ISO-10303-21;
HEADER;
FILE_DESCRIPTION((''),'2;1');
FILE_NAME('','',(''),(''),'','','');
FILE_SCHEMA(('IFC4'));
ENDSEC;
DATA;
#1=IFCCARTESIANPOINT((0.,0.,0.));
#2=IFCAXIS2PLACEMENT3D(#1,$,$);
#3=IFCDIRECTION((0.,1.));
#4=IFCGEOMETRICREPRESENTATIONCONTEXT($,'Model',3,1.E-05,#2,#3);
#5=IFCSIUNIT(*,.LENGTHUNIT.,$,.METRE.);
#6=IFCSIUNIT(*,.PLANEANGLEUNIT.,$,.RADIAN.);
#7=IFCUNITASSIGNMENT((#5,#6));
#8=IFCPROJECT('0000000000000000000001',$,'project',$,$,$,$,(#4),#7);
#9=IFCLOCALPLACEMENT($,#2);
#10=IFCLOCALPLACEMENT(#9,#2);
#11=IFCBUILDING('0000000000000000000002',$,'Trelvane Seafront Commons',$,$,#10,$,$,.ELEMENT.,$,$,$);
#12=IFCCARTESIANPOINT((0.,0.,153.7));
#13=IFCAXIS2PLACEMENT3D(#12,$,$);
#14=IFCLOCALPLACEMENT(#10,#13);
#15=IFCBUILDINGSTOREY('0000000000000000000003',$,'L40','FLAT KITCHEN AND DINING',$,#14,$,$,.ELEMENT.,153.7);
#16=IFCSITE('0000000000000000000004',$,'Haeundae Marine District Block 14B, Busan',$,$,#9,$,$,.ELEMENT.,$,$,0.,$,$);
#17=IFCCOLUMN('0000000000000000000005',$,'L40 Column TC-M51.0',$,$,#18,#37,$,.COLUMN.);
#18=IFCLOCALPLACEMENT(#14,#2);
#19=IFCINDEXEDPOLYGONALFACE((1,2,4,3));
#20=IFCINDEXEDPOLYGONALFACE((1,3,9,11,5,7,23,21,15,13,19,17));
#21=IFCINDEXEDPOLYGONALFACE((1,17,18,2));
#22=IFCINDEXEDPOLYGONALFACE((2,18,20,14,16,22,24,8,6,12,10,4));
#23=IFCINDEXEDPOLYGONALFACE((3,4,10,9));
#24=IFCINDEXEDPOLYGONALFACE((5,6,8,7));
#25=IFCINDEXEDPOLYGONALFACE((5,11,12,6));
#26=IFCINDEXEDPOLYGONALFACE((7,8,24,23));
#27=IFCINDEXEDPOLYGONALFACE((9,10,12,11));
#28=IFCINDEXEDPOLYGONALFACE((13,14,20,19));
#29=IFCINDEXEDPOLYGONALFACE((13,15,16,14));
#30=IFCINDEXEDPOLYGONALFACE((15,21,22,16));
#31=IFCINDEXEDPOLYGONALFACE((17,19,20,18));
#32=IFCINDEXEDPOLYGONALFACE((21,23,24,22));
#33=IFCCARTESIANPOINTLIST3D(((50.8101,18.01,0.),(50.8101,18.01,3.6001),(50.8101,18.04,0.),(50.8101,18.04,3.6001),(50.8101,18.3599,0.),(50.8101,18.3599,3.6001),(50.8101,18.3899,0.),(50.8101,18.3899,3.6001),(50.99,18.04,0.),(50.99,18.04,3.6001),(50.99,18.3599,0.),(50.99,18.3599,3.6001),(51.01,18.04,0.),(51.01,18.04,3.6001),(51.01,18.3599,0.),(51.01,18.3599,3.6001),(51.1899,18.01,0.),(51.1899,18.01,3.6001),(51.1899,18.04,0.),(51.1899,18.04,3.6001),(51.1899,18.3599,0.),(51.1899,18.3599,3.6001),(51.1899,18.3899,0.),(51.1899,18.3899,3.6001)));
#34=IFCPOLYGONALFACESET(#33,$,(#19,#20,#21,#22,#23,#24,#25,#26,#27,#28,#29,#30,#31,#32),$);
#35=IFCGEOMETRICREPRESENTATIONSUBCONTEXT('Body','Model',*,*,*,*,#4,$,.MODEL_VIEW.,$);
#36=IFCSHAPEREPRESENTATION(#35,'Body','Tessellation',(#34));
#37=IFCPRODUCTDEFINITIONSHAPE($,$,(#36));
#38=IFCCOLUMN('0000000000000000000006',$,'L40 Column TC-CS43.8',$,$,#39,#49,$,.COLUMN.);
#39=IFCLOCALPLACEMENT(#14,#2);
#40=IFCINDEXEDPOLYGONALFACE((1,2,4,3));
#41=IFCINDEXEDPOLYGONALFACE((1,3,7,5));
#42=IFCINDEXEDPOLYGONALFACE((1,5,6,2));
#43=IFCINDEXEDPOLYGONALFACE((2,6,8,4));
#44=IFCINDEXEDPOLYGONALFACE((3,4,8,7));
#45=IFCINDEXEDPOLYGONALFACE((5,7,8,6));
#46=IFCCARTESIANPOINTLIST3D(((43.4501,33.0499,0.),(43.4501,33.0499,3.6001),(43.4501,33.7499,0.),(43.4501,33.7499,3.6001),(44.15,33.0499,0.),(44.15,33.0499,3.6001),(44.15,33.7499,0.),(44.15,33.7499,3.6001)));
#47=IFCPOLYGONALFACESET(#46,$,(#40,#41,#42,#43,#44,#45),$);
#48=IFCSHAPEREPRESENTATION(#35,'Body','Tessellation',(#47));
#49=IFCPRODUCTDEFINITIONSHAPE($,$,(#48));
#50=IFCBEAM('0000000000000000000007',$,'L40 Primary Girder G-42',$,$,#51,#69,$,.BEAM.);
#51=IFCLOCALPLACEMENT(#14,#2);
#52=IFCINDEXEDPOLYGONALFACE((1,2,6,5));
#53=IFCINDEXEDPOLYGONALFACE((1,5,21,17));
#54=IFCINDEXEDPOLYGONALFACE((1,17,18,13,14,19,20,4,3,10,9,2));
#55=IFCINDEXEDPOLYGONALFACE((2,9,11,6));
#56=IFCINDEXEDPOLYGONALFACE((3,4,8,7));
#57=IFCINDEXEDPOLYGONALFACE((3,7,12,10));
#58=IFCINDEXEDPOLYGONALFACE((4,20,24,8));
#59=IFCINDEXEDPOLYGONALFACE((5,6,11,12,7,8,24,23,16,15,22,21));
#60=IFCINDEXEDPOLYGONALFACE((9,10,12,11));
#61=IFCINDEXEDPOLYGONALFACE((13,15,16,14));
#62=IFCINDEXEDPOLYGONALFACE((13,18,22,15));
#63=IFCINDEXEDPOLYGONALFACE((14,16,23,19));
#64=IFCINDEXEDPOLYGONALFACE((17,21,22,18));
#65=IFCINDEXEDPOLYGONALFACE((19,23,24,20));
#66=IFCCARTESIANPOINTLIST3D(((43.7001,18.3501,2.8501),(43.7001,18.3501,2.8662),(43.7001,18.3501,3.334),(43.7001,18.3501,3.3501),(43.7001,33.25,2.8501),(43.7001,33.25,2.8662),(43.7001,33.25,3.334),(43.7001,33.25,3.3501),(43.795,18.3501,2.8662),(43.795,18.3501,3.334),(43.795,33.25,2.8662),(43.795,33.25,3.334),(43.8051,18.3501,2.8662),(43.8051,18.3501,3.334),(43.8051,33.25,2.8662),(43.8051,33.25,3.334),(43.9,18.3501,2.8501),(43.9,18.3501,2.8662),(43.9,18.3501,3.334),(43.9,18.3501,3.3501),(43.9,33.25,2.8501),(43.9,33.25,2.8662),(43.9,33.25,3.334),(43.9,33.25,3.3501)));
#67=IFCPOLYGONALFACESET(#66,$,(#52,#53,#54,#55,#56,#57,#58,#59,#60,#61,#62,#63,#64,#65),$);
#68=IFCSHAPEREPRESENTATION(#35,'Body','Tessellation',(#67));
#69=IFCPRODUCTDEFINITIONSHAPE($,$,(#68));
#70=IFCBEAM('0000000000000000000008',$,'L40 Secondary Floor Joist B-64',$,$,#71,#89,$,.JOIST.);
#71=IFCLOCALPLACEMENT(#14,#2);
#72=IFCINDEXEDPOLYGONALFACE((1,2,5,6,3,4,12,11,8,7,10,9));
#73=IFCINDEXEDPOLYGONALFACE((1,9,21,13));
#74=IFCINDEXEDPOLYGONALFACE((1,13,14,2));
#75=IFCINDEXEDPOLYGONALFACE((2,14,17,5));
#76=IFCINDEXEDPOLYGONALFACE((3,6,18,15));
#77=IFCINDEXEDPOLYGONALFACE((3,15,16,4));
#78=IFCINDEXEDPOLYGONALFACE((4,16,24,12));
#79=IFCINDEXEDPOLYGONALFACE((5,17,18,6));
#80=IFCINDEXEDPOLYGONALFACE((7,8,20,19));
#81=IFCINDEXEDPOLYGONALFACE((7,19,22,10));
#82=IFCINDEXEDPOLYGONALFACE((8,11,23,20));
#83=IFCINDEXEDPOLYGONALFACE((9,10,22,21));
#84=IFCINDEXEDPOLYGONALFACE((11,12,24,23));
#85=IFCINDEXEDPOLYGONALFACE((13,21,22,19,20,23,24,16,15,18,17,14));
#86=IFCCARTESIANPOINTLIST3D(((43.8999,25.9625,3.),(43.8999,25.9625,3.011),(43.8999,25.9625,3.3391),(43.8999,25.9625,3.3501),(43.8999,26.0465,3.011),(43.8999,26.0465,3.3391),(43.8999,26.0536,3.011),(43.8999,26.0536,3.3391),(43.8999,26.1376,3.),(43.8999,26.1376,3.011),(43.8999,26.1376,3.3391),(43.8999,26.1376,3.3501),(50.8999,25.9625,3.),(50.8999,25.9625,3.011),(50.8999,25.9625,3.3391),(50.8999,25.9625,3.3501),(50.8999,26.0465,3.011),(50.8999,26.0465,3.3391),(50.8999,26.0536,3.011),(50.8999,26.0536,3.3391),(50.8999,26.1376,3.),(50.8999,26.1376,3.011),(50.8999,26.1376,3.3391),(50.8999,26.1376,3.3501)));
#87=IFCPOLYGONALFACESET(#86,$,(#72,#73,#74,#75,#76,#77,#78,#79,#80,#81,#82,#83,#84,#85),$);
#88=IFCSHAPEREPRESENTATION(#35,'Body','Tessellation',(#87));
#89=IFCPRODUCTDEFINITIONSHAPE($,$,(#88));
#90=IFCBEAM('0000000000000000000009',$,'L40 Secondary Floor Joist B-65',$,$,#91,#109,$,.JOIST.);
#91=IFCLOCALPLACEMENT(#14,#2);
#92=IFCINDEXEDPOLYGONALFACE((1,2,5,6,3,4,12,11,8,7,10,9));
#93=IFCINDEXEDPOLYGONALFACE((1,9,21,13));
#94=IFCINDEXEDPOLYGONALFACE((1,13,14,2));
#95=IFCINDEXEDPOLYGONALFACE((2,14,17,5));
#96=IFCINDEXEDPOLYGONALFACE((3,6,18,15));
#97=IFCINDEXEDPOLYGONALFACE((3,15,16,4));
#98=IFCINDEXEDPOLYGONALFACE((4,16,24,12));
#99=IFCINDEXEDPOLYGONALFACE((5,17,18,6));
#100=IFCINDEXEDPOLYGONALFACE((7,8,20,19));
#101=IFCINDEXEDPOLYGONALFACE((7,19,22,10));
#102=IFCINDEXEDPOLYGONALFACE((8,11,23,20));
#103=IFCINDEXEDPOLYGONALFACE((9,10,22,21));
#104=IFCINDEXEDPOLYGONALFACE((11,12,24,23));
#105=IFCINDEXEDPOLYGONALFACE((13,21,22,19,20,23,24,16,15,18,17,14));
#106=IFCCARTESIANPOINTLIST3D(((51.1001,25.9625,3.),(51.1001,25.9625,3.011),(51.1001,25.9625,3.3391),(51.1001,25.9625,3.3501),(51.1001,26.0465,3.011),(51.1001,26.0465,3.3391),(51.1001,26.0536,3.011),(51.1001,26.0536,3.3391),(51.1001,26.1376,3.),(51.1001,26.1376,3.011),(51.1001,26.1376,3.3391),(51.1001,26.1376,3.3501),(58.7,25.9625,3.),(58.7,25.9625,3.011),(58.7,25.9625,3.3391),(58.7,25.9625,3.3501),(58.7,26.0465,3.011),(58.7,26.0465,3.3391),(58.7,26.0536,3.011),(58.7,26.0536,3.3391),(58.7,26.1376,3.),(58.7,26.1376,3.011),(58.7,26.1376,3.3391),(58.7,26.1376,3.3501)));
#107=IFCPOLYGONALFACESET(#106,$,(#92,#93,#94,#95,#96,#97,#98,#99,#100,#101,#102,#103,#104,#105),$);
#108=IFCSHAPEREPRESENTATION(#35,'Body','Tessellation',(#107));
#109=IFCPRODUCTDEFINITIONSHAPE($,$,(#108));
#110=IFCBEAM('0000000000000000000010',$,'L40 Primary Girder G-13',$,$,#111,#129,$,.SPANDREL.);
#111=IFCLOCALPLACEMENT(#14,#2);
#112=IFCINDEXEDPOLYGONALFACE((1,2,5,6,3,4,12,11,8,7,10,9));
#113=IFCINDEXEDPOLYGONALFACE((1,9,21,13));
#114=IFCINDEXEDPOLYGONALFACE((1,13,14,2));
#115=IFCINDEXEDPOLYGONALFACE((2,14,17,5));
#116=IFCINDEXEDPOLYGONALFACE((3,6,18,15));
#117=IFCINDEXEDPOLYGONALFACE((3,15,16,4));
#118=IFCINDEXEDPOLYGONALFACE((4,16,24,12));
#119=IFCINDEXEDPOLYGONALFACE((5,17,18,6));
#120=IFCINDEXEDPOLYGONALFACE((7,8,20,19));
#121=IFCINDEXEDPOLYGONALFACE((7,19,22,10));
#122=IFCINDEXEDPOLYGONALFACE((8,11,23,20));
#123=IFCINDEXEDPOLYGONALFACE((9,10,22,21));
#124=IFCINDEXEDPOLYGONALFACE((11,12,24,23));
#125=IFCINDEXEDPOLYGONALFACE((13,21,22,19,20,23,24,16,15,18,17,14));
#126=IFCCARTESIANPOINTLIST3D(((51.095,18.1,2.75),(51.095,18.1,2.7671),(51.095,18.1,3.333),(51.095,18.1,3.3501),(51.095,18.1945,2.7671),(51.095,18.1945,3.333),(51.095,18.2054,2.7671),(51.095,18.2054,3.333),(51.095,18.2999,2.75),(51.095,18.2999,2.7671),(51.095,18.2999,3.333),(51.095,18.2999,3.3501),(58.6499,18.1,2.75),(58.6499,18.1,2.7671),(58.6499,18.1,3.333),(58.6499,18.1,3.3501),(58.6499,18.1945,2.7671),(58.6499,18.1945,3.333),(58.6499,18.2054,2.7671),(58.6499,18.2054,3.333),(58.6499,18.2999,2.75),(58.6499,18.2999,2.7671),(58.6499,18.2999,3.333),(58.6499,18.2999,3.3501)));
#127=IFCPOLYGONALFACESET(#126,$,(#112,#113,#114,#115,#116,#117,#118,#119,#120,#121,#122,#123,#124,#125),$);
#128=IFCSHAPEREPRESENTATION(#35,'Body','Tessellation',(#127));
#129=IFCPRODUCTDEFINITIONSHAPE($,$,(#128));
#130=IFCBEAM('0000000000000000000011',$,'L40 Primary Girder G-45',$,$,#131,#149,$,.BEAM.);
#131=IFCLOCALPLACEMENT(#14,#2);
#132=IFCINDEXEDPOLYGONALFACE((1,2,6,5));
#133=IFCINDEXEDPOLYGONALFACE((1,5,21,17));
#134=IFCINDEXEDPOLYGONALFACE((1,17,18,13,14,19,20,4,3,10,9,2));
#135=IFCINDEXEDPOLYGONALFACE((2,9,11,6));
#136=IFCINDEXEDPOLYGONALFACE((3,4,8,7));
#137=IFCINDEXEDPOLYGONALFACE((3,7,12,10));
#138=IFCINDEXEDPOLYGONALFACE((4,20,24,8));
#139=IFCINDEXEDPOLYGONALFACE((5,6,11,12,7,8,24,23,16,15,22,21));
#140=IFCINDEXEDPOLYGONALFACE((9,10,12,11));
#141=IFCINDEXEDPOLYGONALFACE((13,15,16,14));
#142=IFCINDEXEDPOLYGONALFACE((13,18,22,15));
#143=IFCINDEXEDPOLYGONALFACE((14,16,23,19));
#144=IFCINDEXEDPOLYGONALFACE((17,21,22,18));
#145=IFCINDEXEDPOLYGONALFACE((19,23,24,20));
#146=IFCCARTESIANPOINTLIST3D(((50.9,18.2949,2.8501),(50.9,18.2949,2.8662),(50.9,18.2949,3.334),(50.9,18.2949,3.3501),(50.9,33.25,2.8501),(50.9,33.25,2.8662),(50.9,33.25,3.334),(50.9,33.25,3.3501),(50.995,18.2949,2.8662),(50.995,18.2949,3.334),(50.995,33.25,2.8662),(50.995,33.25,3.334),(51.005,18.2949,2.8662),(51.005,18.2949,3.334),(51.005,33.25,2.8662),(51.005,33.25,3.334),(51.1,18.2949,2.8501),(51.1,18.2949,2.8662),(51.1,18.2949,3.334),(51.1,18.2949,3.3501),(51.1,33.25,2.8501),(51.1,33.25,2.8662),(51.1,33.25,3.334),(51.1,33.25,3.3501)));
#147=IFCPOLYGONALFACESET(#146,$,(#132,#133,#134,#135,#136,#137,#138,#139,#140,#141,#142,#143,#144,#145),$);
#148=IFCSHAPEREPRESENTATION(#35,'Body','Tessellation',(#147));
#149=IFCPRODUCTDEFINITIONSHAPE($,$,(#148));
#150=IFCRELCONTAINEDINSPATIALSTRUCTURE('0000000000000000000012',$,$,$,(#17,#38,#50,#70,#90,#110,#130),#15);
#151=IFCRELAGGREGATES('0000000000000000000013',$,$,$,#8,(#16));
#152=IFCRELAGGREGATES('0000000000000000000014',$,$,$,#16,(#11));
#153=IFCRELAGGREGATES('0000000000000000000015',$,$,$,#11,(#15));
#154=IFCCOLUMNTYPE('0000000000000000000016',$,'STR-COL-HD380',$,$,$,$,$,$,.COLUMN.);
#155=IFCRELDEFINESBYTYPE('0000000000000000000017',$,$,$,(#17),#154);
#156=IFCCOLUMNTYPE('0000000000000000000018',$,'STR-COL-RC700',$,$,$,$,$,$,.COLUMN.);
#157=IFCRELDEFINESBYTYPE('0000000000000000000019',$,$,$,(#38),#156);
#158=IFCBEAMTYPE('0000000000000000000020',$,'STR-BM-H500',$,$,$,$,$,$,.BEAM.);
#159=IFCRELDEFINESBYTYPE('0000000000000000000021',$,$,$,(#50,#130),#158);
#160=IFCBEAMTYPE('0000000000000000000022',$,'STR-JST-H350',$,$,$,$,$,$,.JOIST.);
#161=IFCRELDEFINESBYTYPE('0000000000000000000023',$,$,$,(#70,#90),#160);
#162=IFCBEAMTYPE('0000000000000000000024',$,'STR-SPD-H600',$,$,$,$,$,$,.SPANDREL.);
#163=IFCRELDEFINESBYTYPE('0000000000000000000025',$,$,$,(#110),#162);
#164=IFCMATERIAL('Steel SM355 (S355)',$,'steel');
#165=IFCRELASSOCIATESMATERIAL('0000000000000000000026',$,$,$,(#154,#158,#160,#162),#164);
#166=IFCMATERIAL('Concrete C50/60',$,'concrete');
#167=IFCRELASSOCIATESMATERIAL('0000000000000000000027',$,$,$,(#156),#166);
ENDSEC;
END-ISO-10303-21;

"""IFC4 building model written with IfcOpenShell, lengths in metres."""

from ifc_helpers import new_model, si_unit, direction, frame, origin, origin_2d, place, context, subcontext, project, spatial, rectangle, i_section, extrude, source, transform, mapped, material, material_profile, profile_set, type_object, element, save


model = new_model("IFC4")

# Units and contexts
model_context = context("Model", 3, precision=1e-05, world=origin(), true_north=direction((0.0, 1.0)))
body_context = subcontext(model_context, "Body", "Model", "MODEL_VIEW")
ifc_project = project(units=[si_unit("LENGTHUNIT", "METRE"), si_unit("PLANEANGLEUNIT", "RADIAN")], contexts=[model_context])

# Site, building, storey
site_placement = place(None, origin())
site = spatial("IfcSite", under=ifc_project, at=site_placement, Name="Haeundae Marine District Block 14B, Busan", CompositionType="ELEMENT", RefElevation=0.0)
building_placement = place(site_placement, origin())
building = spatial("IfcBuilding", under=site, at=building_placement, Name="Trelvane Seafront Commons", CompositionType="ELEMENT")
storey_placement = place(building_placement, frame((0.0, 0.0, 153.7)))
storey = spatial("IfcBuildingStorey", under=building, at=storey_placement, Name="L40", Description="FLAT KITCHEN AND DINING", CompositionType="ELEMENT", Elevation=153.7)

# Columns
ifc_material_1 = material(Name="Steel SM355 (S355)", Category="steel")
ifc_material_profile_1 = material_profile(ifc_material_1, i_section(OverallWidth=0.3799, OverallDepth=0.3799, WebThickness=0.02, FlangeThickness=0.03, at=origin_2d()), Name="HD-380x380x20x30")
ifc_profile_set_1 = profile_set([ifc_material_profile_1], Name="Steel SM355 (S355)")
column_type_1 = type_object("IfcColumnType", Name="STR-COL-HD380", PredefinedType="COLUMN", material=ifc_profile_set_1)
shared_shape_1 = source(origin(), body_context, "Body", "SweptSolid", [
    extrude(i_section(OverallWidth=0.3799, OverallDepth=0.3799, WebThickness=0.02, FlangeThickness=0.03, at=origin_2d()), origin(), (0.0, 0.0, 1.0), 3.6001),
])
column_1_placement = place(storey_placement, frame((51.0, 18.2, 0.0), z_axis=(0.0, 0.0, 1.0), x_axis=(1.0, 0.0, 0.0)))
element("IfcColumn", 1, at=column_1_placement, inside=storey, type_object=column_type_1, Name="L40 Column TC-M51.0", PredefinedType="COLUMN", context=body_context, shape_type="MappedRepresentation", body=[
    mapped(shared_shape_1, transform((0.0, 0.0, 0.0), x_axis=(1.0, 0.0, 0.0), y_axis=(0.0, 1.0, 0.0), z_axis=(0.0, 0.0, 1.0), scale=1.0)),
])
ifc_material_2 = material(Name="Concrete C50/60", Category="concrete")
ifc_material_profile_2 = material_profile(ifc_material_2, rectangle(XDim=0.7, YDim=0.7, at=origin_2d()), Name="RC-700x700")
ifc_profile_set_2 = profile_set([ifc_material_profile_2], Name="Concrete C50/60")
column_type_2 = type_object("IfcColumnType", Name="STR-COL-RC700", PredefinedType="COLUMN", material=ifc_profile_set_2)
shared_shape_2 = source(origin(), body_context, "Body", "SweptSolid", [
    extrude(rectangle(XDim=0.7, YDim=0.7, at=origin_2d()), origin(), (0.0, 0.0, 1.0), 3.6001),
])
column_2_placement = place(storey_placement, frame((43.8, 33.3999, 0.0), z_axis=(0.0, 0.0, 1.0), x_axis=(1.0, 0.0, 0.0)))
element("IfcColumn", 2, at=column_2_placement, inside=storey, type_object=column_type_2, Name="L40 Column TC-CS43.8", PredefinedType="COLUMN", context=body_context, shape_type="MappedRepresentation", body=[
    mapped(shared_shape_2, transform((0.0, 0.0, 0.0), x_axis=(1.0, 0.0, 0.0), y_axis=(0.0, 1.0, 0.0), z_axis=(0.0, 0.0, 1.0), scale=1.0)),
])

# Beams
ifc_material_profile_3 = material_profile(ifc_material_1, i_section(OverallWidth=0.2, OverallDepth=0.5, WebThickness=0.01, FlangeThickness=0.0161, at=origin_2d()), Name="H-500x200x10x16")
ifc_profile_set_3 = profile_set([ifc_material_profile_3], Name="Steel SM355 (S355)")
beam_type_1 = type_object("IfcBeamType", Name="STR-BM-H500", PredefinedType="BEAM", material=ifc_profile_set_3)
shared_shape_3 = source(origin(), body_context, "Body", "SweptSolid", [
    extrude(i_section(OverallWidth=0.2, OverallDepth=0.5, WebThickness=0.01, FlangeThickness=0.0161, at=origin_2d()), origin(), (0.0, 0.0, 1.0), 14.8999),
])
beam_1_placement = place(storey_placement, frame((43.8, 18.3501, 3.1001), z_axis=(0.0, 1.0, 0.0), x_axis=(-1.0, 0.0, 0.0)))
element("IfcBeam", 3, at=beam_1_placement, inside=storey, type_object=beam_type_1, Name="L40 Primary Girder G-42", PredefinedType="BEAM", context=body_context, shape_type="MappedRepresentation", body=[
    mapped(shared_shape_3, transform((0.0, 0.0, 0.0), x_axis=(1.0, 0.0, 0.0), y_axis=(0.0, 1.0, 0.0), z_axis=(0.0, 0.0, 1.0), scale=1.0)),
])
ifc_material_profile_4 = material_profile(ifc_material_1, i_section(OverallWidth=0.175, OverallDepth=0.3501, WebThickness=0.0071, FlangeThickness=0.011, at=origin_2d()), Name="H-350x175x7x11")
ifc_profile_set_4 = profile_set([ifc_material_profile_4], Name="Steel SM355 (S355)")
beam_type_2 = type_object("IfcBeamType", Name="STR-JST-H350", PredefinedType="JOIST", material=ifc_profile_set_4)
shared_shape_4 = source(origin(), body_context, "Body", "SweptSolid", [
    extrude(i_section(OverallWidth=0.175, OverallDepth=0.3501, WebThickness=0.0071, FlangeThickness=0.011, at=origin_2d()), origin(), (0.0, 0.0, 1.0), 7.0),
])
beam_2_placement = place(storey_placement, frame((43.8999, 26.05, 3.175), z_axis=(1.0, 0.0, 0.0), x_axis=(0.0, 1.0, 0.0)))
element("IfcBeam", 4, at=beam_2_placement, inside=storey, type_object=beam_type_2, Name="L40 Secondary Floor Joist B-64", PredefinedType="JOIST", context=body_context, shape_type="MappedRepresentation", body=[
    mapped(shared_shape_4, transform((0.0, 0.0, 0.0), x_axis=(1.0, 0.0, 0.0), y_axis=(0.0, 1.0, 0.0), z_axis=(0.0, 0.0, 1.0), scale=1.0)),
])
shared_shape_5 = source(origin(), body_context, "Body", "SweptSolid", [
    extrude(i_section(OverallWidth=0.175, OverallDepth=0.3501, WebThickness=0.0071, FlangeThickness=0.011, at=origin_2d()), origin(), (0.0, 0.0, 1.0), 7.5999),
])
beam_3_placement = place(storey_placement, frame((51.1001, 26.05, 3.175), z_axis=(1.0, 0.0, 0.0), x_axis=(0.0, 1.0, 0.0)))
element("IfcBeam", 5, at=beam_3_placement, inside=storey, type_object=beam_type_2, Name="L40 Secondary Floor Joist B-65", PredefinedType="JOIST", context=body_context, shape_type="MappedRepresentation", body=[
    mapped(shared_shape_5, transform((0.0, 0.0, 0.0), x_axis=(1.0, 0.0, 0.0), y_axis=(0.0, 1.0, 0.0), z_axis=(0.0, 0.0, 1.0), scale=1.0)),
])
ifc_material_profile_5 = material_profile(ifc_material_1, i_section(OverallWidth=0.2, OverallDepth=0.6001, WebThickness=0.011, FlangeThickness=0.0171, at=origin_2d()), Name="H-600x200x11x17")
ifc_profile_set_5 = profile_set([ifc_material_profile_5], Name="Steel SM355 (S355)")
beam_type_3 = type_object("IfcBeamType", Name="STR-SPD-H600", PredefinedType="SPANDREL", material=ifc_profile_set_5)
shared_shape_6 = source(origin(), body_context, "Body", "SweptSolid", [
    extrude(i_section(OverallWidth=0.2, OverallDepth=0.6001, WebThickness=0.011, FlangeThickness=0.0171, at=origin_2d()), origin(), (0.0, 0.0, 1.0), 7.5549),
])
beam_4_placement = place(storey_placement, frame((51.095, 18.2, 3.05), z_axis=(1.0, 0.0, 0.0), x_axis=(0.0, 1.0, 0.0)))
element("IfcBeam", 6, at=beam_4_placement, inside=storey, type_object=beam_type_3, Name="L40 Primary Girder G-13", PredefinedType="SPANDREL", context=body_context, shape_type="MappedRepresentation", body=[
    mapped(shared_shape_6, transform((0.0, 0.0, 0.0), x_axis=(1.0, 0.0, 0.0), y_axis=(0.0, 1.0, 0.0), z_axis=(0.0, 0.0, 1.0), scale=1.0)),
])
shared_shape_7 = source(origin(), body_context, "Body", "SweptSolid", [
    extrude(i_section(OverallWidth=0.2, OverallDepth=0.5, WebThickness=0.01, FlangeThickness=0.0161, at=origin_2d()), origin(), (0.0, 0.0, 1.0), 14.9551),
])
beam_5_placement = place(storey_placement, frame((51.0, 18.2949, 3.1001), z_axis=(0.0, 1.0, 0.0), x_axis=(-1.0, 0.0, 0.0)))
element("IfcBeam", 7, at=beam_5_placement, inside=storey, type_object=beam_type_1, Name="L40 Primary Girder G-45", PredefinedType="BEAM", context=body_context, shape_type="MappedRepresentation", body=[
    mapped(shared_shape_7, transform((0.0, 0.0, 0.0), x_axis=(1.0, 0.0, 0.0), y_axis=(0.0, 1.0, 0.0), z_axis=(0.0, 0.0, 1.0), scale=1.0)),
])

save(model, "model.ifc")
